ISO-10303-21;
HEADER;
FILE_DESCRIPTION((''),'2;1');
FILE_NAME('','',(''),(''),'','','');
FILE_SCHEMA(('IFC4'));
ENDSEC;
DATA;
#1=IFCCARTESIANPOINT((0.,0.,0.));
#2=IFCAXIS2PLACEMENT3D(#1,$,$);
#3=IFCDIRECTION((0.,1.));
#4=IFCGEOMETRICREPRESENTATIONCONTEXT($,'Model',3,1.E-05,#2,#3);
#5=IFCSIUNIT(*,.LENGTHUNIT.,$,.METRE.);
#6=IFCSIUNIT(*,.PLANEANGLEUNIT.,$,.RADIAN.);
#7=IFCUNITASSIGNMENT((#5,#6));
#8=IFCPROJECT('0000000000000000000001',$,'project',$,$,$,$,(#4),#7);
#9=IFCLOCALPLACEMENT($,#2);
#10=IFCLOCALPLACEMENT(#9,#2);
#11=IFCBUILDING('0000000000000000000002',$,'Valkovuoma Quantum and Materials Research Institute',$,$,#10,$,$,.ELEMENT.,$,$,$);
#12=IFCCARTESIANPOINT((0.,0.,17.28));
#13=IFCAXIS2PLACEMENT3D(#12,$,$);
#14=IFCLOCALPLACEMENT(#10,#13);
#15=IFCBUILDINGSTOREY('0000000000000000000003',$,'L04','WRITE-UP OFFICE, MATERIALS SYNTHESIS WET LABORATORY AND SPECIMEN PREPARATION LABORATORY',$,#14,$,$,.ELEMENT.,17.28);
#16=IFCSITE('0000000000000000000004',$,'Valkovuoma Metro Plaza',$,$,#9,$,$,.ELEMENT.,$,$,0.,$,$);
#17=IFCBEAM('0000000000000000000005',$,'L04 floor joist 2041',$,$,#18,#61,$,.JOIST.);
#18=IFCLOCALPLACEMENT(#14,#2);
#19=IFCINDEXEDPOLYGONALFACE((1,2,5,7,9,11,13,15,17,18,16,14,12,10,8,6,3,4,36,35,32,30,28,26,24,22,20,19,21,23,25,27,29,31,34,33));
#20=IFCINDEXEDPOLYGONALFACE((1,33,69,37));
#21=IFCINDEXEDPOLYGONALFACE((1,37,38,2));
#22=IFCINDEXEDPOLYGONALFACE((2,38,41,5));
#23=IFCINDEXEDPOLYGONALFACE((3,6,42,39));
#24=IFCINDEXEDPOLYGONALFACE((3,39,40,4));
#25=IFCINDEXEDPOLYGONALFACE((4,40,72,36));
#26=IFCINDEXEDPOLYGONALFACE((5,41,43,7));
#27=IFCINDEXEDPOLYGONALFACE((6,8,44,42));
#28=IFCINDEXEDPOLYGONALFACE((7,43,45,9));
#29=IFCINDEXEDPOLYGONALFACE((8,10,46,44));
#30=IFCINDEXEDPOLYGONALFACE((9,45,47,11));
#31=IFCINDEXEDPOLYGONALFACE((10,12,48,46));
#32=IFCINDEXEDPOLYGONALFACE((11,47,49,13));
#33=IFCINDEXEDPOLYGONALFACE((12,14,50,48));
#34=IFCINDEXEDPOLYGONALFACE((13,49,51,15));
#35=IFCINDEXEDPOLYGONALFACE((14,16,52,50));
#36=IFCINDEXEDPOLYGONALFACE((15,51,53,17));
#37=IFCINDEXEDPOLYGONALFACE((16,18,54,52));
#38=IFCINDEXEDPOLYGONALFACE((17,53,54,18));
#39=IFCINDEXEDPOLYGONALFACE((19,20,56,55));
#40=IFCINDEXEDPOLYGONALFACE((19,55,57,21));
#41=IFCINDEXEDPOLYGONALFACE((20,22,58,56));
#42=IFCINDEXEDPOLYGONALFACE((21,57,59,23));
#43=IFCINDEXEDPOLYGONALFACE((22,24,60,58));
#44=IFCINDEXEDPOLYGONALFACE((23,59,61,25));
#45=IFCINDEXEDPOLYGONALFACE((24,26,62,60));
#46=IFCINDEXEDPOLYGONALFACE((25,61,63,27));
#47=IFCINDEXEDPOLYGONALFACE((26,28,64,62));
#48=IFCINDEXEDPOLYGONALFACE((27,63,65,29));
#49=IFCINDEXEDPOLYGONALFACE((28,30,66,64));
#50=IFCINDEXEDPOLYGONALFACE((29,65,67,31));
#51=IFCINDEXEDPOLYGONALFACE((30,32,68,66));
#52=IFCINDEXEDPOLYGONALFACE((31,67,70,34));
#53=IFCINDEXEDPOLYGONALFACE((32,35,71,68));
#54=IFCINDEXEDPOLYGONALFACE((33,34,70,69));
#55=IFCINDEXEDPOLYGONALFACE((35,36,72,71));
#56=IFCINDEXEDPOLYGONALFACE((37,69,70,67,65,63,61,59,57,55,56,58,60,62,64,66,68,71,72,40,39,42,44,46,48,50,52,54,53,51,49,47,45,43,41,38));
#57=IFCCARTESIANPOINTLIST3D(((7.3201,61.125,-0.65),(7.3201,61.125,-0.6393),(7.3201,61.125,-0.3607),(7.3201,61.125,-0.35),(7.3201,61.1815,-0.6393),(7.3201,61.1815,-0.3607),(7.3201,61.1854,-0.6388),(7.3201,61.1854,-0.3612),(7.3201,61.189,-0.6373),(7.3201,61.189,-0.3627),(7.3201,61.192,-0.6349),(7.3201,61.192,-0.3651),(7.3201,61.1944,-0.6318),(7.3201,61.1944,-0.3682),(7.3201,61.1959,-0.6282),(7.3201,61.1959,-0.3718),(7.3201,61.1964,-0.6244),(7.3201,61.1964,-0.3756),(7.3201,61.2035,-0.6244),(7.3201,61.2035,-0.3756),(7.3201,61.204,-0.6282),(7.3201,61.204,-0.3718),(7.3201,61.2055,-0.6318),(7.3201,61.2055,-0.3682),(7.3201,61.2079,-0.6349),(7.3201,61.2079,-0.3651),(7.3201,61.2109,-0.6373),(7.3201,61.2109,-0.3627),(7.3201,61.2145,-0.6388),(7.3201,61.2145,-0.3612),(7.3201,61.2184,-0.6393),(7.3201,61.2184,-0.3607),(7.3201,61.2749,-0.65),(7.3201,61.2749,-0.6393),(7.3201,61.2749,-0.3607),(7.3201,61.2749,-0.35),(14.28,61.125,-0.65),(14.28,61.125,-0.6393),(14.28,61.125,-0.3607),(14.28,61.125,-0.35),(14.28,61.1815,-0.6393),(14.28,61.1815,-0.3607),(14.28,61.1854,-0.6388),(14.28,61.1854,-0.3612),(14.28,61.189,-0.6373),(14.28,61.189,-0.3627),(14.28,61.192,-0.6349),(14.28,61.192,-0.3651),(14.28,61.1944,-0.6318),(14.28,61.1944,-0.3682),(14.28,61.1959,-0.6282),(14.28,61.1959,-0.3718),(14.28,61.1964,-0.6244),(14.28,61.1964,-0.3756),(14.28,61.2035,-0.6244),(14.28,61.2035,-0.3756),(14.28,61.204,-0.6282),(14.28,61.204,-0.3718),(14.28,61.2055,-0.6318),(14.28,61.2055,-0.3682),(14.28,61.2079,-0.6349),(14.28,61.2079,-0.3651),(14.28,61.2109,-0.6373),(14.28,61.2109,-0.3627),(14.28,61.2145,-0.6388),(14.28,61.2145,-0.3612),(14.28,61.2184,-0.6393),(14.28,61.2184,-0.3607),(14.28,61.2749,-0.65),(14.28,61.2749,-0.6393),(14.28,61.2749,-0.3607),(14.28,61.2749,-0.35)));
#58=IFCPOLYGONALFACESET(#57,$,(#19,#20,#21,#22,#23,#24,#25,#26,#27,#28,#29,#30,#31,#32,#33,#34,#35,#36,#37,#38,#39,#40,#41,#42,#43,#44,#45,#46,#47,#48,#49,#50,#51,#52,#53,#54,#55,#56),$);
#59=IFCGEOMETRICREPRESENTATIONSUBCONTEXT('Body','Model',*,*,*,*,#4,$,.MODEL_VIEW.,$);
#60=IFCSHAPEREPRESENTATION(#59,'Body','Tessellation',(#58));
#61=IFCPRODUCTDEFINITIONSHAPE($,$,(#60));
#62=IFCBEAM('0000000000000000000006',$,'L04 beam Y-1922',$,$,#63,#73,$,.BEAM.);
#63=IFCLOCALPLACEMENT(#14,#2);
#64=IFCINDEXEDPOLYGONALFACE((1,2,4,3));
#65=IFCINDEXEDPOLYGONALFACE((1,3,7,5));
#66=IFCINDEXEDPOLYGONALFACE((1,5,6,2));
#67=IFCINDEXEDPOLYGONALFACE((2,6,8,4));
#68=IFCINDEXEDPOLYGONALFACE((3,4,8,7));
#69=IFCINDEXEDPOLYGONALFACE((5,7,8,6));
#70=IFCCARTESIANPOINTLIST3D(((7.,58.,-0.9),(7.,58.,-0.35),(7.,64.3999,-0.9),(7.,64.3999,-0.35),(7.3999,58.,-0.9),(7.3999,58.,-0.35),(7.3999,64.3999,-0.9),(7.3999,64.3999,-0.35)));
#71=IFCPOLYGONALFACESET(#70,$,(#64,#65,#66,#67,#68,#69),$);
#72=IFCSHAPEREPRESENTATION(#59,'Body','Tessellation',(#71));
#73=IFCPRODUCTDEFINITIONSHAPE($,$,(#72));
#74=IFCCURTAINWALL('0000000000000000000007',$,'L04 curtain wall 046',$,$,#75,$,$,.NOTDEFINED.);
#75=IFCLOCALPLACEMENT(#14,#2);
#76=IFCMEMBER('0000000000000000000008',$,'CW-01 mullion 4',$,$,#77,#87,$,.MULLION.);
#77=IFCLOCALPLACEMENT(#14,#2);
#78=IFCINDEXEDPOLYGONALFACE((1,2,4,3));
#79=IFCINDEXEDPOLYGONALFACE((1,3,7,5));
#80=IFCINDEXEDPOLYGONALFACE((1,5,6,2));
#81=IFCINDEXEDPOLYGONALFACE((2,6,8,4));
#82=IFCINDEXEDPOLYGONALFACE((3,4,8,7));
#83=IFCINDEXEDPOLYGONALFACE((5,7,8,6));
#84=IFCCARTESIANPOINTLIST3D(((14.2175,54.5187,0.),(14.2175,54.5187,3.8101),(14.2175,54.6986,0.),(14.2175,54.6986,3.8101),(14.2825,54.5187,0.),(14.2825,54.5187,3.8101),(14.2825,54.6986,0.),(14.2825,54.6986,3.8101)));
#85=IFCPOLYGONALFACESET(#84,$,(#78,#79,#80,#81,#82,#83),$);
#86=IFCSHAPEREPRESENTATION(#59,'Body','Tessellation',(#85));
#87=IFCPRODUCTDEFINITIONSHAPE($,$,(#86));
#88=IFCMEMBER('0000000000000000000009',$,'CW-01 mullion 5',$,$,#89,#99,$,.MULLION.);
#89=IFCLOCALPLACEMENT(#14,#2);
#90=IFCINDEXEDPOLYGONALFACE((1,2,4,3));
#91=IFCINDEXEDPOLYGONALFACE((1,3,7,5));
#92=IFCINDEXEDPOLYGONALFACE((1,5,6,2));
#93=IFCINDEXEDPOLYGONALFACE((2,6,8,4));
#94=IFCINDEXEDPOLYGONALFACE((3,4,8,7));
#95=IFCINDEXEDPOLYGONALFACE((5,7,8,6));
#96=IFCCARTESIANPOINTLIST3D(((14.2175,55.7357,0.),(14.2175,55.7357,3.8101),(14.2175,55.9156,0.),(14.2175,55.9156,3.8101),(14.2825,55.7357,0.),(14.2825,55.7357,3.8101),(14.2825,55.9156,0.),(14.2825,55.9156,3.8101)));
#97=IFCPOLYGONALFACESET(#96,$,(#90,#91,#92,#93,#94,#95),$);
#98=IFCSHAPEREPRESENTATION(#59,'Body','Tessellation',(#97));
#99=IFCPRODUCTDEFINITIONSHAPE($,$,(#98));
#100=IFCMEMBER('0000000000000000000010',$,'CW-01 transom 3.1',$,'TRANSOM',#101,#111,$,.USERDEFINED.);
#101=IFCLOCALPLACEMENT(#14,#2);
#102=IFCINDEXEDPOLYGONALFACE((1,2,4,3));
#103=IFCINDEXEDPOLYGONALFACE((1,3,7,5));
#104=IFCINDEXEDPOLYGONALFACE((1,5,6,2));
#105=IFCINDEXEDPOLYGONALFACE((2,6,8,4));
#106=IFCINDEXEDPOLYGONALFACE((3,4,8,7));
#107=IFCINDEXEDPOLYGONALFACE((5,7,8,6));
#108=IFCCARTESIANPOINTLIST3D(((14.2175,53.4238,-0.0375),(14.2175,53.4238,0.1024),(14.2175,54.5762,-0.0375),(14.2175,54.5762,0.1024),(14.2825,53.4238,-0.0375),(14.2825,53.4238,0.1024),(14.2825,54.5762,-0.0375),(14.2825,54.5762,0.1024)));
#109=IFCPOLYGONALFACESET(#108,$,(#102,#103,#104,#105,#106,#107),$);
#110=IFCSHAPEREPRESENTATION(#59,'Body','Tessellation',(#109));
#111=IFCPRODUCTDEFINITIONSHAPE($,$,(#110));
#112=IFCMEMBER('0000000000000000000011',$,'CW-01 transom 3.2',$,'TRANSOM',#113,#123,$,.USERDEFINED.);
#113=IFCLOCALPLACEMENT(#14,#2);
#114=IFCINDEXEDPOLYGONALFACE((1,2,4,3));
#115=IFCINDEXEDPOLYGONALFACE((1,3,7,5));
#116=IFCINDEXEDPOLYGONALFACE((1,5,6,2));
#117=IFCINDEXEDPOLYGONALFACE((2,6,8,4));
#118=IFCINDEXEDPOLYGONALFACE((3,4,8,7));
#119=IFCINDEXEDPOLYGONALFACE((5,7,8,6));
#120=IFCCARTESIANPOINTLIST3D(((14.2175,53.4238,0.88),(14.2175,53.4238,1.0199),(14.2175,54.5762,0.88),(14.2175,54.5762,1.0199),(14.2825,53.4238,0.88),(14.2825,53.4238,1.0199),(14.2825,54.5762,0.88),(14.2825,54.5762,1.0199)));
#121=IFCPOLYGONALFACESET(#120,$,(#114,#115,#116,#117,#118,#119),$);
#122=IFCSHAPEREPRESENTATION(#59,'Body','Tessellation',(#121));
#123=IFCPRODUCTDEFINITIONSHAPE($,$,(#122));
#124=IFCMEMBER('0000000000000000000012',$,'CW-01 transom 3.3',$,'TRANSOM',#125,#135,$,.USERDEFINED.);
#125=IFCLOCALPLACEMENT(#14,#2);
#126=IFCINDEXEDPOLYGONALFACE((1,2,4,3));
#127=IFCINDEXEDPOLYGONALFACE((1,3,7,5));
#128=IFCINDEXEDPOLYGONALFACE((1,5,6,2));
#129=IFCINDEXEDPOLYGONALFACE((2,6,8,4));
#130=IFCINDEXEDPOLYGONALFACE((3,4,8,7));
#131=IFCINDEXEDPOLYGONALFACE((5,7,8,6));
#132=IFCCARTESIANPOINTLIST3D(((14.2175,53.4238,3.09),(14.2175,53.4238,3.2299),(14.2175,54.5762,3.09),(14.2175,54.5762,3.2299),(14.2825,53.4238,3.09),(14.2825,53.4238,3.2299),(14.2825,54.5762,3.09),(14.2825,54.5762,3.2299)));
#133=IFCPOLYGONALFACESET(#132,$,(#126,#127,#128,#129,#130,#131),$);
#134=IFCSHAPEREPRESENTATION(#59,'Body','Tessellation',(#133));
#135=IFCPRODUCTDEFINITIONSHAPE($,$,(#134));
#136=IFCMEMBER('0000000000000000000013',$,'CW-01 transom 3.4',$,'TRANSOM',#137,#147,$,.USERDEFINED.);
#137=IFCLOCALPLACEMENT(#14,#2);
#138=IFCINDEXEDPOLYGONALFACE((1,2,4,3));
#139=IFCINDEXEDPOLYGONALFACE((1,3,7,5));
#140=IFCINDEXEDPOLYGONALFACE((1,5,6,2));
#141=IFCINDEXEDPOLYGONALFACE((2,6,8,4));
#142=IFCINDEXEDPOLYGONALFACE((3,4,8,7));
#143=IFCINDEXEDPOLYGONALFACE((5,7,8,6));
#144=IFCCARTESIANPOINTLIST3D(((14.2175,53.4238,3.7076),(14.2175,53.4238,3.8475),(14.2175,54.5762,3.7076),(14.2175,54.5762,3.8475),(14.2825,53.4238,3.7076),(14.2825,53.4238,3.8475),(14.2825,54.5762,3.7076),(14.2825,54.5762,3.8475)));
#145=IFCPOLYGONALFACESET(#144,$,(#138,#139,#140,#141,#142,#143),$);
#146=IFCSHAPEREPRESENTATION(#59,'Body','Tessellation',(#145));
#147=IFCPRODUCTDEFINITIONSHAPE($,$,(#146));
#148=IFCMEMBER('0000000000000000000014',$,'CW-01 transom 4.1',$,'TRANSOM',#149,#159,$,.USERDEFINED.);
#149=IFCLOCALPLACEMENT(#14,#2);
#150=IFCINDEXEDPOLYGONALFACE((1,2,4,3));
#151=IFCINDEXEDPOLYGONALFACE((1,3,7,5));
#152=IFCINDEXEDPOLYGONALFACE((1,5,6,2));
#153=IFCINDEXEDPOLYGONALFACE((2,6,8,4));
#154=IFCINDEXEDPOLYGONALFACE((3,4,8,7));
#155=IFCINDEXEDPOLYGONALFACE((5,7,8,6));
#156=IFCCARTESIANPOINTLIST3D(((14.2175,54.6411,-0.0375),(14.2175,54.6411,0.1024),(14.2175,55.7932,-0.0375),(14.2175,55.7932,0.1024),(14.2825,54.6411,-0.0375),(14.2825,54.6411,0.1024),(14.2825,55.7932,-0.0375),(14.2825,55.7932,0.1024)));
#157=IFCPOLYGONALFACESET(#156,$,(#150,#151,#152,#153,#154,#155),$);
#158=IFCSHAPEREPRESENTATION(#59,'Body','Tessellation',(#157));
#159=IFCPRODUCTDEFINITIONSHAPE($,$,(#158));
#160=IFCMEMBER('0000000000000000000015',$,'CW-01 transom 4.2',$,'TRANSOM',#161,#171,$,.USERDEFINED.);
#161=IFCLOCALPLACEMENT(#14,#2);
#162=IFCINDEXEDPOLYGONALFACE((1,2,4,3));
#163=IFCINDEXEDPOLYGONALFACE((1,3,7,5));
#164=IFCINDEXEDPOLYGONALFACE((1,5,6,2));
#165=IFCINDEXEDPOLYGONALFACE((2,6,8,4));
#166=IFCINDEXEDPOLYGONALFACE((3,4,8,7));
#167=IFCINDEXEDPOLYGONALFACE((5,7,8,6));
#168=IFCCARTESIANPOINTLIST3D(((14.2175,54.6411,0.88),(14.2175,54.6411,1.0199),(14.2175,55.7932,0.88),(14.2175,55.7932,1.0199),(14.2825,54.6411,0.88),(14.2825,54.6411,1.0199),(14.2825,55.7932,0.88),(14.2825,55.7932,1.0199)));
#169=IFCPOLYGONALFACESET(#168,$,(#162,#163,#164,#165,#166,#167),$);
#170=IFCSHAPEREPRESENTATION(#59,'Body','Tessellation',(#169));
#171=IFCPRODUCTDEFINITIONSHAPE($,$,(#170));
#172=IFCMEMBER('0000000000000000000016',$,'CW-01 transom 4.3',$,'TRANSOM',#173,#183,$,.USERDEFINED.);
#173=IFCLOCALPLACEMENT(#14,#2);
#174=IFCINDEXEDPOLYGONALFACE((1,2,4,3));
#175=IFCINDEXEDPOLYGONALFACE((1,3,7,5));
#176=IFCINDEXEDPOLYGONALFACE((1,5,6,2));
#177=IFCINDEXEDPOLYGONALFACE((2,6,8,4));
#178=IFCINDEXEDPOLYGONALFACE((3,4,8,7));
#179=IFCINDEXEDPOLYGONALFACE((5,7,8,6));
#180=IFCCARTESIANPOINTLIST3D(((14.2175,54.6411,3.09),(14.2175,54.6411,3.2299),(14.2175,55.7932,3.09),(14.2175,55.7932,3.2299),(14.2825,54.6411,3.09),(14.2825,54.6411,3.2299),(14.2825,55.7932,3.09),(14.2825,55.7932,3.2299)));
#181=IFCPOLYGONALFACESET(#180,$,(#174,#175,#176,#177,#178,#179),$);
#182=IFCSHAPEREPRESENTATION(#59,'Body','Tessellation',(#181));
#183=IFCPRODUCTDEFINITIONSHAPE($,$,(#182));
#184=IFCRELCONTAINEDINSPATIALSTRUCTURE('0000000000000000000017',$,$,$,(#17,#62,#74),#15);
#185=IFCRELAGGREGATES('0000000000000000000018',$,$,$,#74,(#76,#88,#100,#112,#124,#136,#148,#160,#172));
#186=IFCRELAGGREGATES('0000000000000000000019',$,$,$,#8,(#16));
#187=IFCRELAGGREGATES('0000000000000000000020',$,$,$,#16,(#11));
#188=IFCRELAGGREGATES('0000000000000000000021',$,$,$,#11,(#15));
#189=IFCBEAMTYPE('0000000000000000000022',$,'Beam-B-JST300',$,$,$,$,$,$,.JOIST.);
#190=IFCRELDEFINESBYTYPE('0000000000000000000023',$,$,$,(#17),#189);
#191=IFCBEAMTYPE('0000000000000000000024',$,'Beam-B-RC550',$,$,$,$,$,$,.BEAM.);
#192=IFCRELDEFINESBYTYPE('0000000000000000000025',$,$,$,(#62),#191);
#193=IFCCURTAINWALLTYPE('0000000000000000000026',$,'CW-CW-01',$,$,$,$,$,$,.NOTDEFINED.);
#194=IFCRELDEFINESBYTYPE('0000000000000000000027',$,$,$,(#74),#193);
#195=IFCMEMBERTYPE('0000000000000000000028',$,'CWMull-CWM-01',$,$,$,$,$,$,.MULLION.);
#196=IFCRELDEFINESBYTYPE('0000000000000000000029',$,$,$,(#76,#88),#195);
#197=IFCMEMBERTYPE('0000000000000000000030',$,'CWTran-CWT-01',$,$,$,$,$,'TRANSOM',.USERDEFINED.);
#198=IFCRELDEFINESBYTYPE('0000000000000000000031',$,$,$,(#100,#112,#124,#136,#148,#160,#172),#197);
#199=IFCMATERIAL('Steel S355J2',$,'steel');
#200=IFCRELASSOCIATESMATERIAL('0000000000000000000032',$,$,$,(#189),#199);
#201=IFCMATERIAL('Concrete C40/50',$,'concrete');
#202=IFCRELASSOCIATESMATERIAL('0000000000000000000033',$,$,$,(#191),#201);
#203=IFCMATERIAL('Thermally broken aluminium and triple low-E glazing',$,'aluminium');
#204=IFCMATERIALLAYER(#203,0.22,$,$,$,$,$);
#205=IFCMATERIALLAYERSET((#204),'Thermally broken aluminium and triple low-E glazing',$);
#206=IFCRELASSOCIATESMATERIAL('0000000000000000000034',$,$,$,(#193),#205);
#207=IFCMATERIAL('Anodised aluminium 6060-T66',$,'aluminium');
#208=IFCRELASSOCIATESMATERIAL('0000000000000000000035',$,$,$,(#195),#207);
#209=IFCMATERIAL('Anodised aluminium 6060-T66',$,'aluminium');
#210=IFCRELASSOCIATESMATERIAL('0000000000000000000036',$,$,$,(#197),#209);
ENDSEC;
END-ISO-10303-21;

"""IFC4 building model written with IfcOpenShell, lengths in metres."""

from ifc_helpers import new_model, si_unit, direction, frame, origin, origin_2d, place, context, subcontext, project, spatial, rectangle, i_section, extrude, material, layer, layer_set, material_profile, profile_set, type_object, element, aggregate, save


model = new_model("IFC4")

# Units and contexts
model_context = context("Model", 3, precision=1e-05, world=origin(), true_north=direction((0.0, 1.0)))
body_context = subcontext(model_context, "Body", "Model", "MODEL_VIEW")
ifc_project = project(units=[si_unit("LENGTHUNIT", "METRE"), si_unit("PLANEANGLEUNIT", "RADIAN")], contexts=[model_context])

# Site, building, storey
site_placement = place(None, origin())
site = spatial("IfcSite", under=ifc_project, at=site_placement, Name="Valkovuoma Metro Plaza", CompositionType="ELEMENT", RefElevation=0.0)
building_placement = place(site_placement, origin())
building = spatial("IfcBuilding", under=site, at=building_placement, Name="Valkovuoma Quantum and Materials Research Institute", CompositionType="ELEMENT")
storey_placement = place(building_placement, frame((0.0, 0.0, 17.28)))
storey = spatial("IfcBuildingStorey", under=building, at=storey_placement, Name="L04", Description="WRITE-UP OFFICE, MATERIALS SYNTHESIS WET LABORATORY AND SPECIMEN PREPARATION LABORATORY", CompositionType="ELEMENT", Elevation=17.28)

# Beams
ifc_material_1 = material(Name="Steel S355J2", Category="steel")
ifc_material_profile_1 = material_profile(ifc_material_1, i_section(OverallWidth=0.1499, OverallDepth=0.3, WebThickness=0.0071, FlangeThickness=0.0107, FilletRadius=0.0149, at=origin_2d()), Name="Steel S355J2")
ifc_profile_set_1 = profile_set([ifc_material_profile_1], Name="Steel S355J2")
beam_type_1 = type_object("IfcBeamType", Name="Beam-B-JST300", PredefinedType="JOIST", material=ifc_profile_set_1)
for number, where, z_axis, x_axis, name in (
    (1, (7.3201, 61.2, -0.5), (1.0, 0.0, 0.0), (0.0, 1.0, 0.0), "L04 floor joist 2041"),
):
    element("IfcBeam", number, at=place(storey_placement, frame(where, z_axis=z_axis, x_axis=x_axis)), inside=storey, type_object=beam_type_1, Name=name, PredefinedType="JOIST", context=body_context, shape_type="SweptSolid", body=[
        extrude(i_section(OverallWidth=0.1499, OverallDepth=0.3, WebThickness=0.0071, FlangeThickness=0.0107, FilletRadius=0.0149, at=origin_2d()), origin(), (0.0, 0.0, 1.0), 6.96),
    ])
ifc_material_2 = material(Name="Concrete C40/50", Category="concrete")
ifc_material_profile_2 = material_profile(ifc_material_2, rectangle(XDim=0.3999, YDim=0.55, at=origin_2d()), Name="Concrete C40/50")
ifc_profile_set_2 = profile_set([ifc_material_profile_2], Name="Concrete C40/50")
beam_type_2 = type_object("IfcBeamType", Name="Beam-B-RC550", PredefinedType="BEAM", material=ifc_profile_set_2)
beam_1_placement = place(storey_placement, frame((7.2, 58.0, -0.625), z_axis=(0.0, 1.0, 0.0), x_axis=(-1.0, 0.0, 0.0)))
element("IfcBeam", 2, at=beam_1_placement, inside=storey, type_object=beam_type_2, Name="L04 beam Y-1922", PredefinedType="BEAM", context=body_context, shape_type="SweptSolid", body=[
    extrude(rectangle(XDim=0.3999, YDim=0.55, at=origin_2d()), origin(), (0.0, 0.0, 1.0), 6.3999),
])

# Curtain wall, members
ifc_material_3 = material(Name="Thermally broken aluminium and triple low-E glazing", Category="aluminium")
ifc_layer_1 = layer(ifc_material_3, 0.22)
ifc_layer_set_1 = layer_set([ifc_layer_1], Name="Thermally broken aluminium and triple low-E glazing")
curtain_wall_type = type_object("IfcCurtainWallType", Name="CW-CW-01", PredefinedType="NOTDEFINED", material=ifc_layer_set_1)
curtain_wall_1_placement = place(storey_placement, origin())
curtain_wall_1 = element("IfcCurtainWall", 3, at=curtain_wall_1_placement, inside=storey, type_object=curtain_wall_type, Name="L04 curtain wall 046", PredefinedType="NOTDEFINED")
ifc_material_4 = material(Name="Anodised aluminium 6060-T66", Category="aluminium")
ifc_material_profile_3 = material_profile(ifc_material_4, rectangle(XDim=0.0649, YDim=0.1799, at=origin_2d()), Name="Anodised aluminium 6060-T66")
ifc_profile_set_3 = profile_set([ifc_material_profile_3], Name="Anodised aluminium 6060-T66")
member_type_1 = type_object("IfcMemberType", Name="CWMull-CWM-01", PredefinedType="MULLION", material=ifc_profile_set_3)
member_1_placement = place(storey_placement, frame((14.25, 54.6086, 0.0), z_axis=(0.0, 0.0, 1.0), x_axis=(-1.0, 0.0, 0.0)))
member_1 = element("IfcMember", 4, at=member_1_placement, type_object=member_type_1, Name="CW-01 mullion 4", PredefinedType="MULLION", context=body_context, shape_type="SweptSolid", body=[
    extrude(rectangle(XDim=0.0649, YDim=0.1799, at=origin_2d()), origin(), (0.0, 0.0, 1.0), 3.8101),
])
member_2_placement = place(storey_placement, frame((14.25, 55.8257, 0.0), z_axis=(0.0, 0.0, 1.0), x_axis=(-1.0, 0.0, 0.0)))
member_2 = element("IfcMember", 5, at=member_2_placement, type_object=member_type_1, Name="CW-01 mullion 5", PredefinedType="MULLION", context=body_context, shape_type="SweptSolid", body=[
    extrude(rectangle(XDim=0.0649, YDim=0.1799, at=origin_2d()), origin(), (0.0, 0.0, 1.0), 3.8101),
])
ifc_material_5 = material(Name="Anodised aluminium 6060-T66", Category="aluminium")
ifc_material_profile_4 = material_profile(ifc_material_5, rectangle(XDim=0.0649, YDim=0.1399, at=origin_2d()), Name="Anodised aluminium 6060-T66")
ifc_profile_set_4 = profile_set([ifc_material_profile_4], Name="Anodised aluminium 6060-T66")
member_type_2 = type_object("IfcMemberType", Name="CWTran-CWT-01", ElementType="TRANSOM", PredefinedType="USERDEFINED", material=ifc_profile_set_4)
member_3_placement = place(storey_placement, frame((14.25, 53.4238, 0.0325), z_axis=(0.0, 1.0, 0.0), x_axis=(-1.0, 0.0, 0.0)))
member_3 = element("IfcMember", 6, at=member_3_placement, type_object=member_type_2, Name="CW-01 transom 3.1", ObjectType="TRANSOM", PredefinedType="USERDEFINED", context=body_context, shape_type="SweptSolid", body=[
    extrude(rectangle(XDim=0.0649, YDim=0.1399, at=origin_2d()), origin(), (0.0, 0.0, 1.0), 1.1523),
])
member_4_placement = place(storey_placement, frame((14.25, 53.4238, 0.95), z_axis=(0.0, 1.0, 0.0), x_axis=(-1.0, 0.0, 0.0)))
member_4 = element("IfcMember", 7, at=member_4_placement, type_object=member_type_2, Name="CW-01 transom 3.2", ObjectType="TRANSOM", PredefinedType="USERDEFINED", context=body_context, shape_type="SweptSolid", body=[
    extrude(rectangle(XDim=0.0649, YDim=0.1399, at=origin_2d()), origin(), (0.0, 0.0, 1.0), 1.1523),
])
member_5_placement = place(storey_placement, frame((14.25, 53.4238, 3.1599), z_axis=(0.0, 1.0, 0.0), x_axis=(-1.0, 0.0, 0.0)))
member_5 = element("IfcMember", 8, at=member_5_placement, type_object=member_type_2, Name="CW-01 transom 3.3", ObjectType="TRANSOM", PredefinedType="USERDEFINED", context=body_context, shape_type="SweptSolid", body=[
    extrude(rectangle(XDim=0.0649, YDim=0.1399, at=origin_2d()), origin(), (0.0, 0.0, 1.0), 1.1523),
])
member_6_placement = place(storey_placement, frame((14.25, 53.4238, 3.7776), z_axis=(0.0, 1.0, 0.0), x_axis=(-1.0, 0.0, 0.0)))
member_6 = element("IfcMember", 9, at=member_6_placement, type_object=member_type_2, Name="CW-01 transom 3.4", ObjectType="TRANSOM", PredefinedType="USERDEFINED", context=body_context, shape_type="SweptSolid", body=[
    extrude(rectangle(XDim=0.0649, YDim=0.1399, at=origin_2d()), origin(), (0.0, 0.0, 1.0), 1.1523),
])
member_7_placement = place(storey_placement, frame((14.25, 54.6411, 0.0325), z_axis=(0.0, 1.0, 0.0), x_axis=(-1.0, 0.0, 0.0)))
member_7 = element("IfcMember", 10, at=member_7_placement, type_object=member_type_2, Name="CW-01 transom 4.1", ObjectType="TRANSOM", PredefinedType="USERDEFINED", context=body_context, shape_type="SweptSolid", body=[
    extrude(rectangle(XDim=0.0649, YDim=0.1399, at=origin_2d()), origin(), (0.0, 0.0, 1.0), 1.1521),
])
member_8_placement = place(storey_placement, frame((14.25, 54.6411, 0.95), z_axis=(0.0, 1.0, 0.0), x_axis=(-1.0, 0.0, 0.0)))
member_8 = element("IfcMember", 11, at=member_8_placement, type_object=member_type_2, Name="CW-01 transom 4.2", ObjectType="TRANSOM", PredefinedType="USERDEFINED", context=body_context, shape_type="SweptSolid", body=[
    extrude(rectangle(XDim=0.0649, YDim=0.1399, at=origin_2d()), origin(), (0.0, 0.0, 1.0), 1.1521),
])
member_9_placement = place(storey_placement, frame((14.25, 54.6411, 3.1599), z_axis=(0.0, 1.0, 0.0), x_axis=(-1.0, 0.0, 0.0)))
member_9 = element("IfcMember", 12, at=member_9_placement, type_object=member_type_2, Name="CW-01 transom 4.3", ObjectType="TRANSOM", PredefinedType="USERDEFINED", context=body_context, shape_type="SweptSolid", body=[
    extrude(rectangle(XDim=0.0649, YDim=0.1399, at=origin_2d()), origin(), (0.0, 0.0, 1.0), 1.1521),
])

aggregate(curtain_wall_1, [member_1, member_2, member_3, member_4, member_5, member_6, member_7, member_8, member_9])

save(model, "model.ifc")
